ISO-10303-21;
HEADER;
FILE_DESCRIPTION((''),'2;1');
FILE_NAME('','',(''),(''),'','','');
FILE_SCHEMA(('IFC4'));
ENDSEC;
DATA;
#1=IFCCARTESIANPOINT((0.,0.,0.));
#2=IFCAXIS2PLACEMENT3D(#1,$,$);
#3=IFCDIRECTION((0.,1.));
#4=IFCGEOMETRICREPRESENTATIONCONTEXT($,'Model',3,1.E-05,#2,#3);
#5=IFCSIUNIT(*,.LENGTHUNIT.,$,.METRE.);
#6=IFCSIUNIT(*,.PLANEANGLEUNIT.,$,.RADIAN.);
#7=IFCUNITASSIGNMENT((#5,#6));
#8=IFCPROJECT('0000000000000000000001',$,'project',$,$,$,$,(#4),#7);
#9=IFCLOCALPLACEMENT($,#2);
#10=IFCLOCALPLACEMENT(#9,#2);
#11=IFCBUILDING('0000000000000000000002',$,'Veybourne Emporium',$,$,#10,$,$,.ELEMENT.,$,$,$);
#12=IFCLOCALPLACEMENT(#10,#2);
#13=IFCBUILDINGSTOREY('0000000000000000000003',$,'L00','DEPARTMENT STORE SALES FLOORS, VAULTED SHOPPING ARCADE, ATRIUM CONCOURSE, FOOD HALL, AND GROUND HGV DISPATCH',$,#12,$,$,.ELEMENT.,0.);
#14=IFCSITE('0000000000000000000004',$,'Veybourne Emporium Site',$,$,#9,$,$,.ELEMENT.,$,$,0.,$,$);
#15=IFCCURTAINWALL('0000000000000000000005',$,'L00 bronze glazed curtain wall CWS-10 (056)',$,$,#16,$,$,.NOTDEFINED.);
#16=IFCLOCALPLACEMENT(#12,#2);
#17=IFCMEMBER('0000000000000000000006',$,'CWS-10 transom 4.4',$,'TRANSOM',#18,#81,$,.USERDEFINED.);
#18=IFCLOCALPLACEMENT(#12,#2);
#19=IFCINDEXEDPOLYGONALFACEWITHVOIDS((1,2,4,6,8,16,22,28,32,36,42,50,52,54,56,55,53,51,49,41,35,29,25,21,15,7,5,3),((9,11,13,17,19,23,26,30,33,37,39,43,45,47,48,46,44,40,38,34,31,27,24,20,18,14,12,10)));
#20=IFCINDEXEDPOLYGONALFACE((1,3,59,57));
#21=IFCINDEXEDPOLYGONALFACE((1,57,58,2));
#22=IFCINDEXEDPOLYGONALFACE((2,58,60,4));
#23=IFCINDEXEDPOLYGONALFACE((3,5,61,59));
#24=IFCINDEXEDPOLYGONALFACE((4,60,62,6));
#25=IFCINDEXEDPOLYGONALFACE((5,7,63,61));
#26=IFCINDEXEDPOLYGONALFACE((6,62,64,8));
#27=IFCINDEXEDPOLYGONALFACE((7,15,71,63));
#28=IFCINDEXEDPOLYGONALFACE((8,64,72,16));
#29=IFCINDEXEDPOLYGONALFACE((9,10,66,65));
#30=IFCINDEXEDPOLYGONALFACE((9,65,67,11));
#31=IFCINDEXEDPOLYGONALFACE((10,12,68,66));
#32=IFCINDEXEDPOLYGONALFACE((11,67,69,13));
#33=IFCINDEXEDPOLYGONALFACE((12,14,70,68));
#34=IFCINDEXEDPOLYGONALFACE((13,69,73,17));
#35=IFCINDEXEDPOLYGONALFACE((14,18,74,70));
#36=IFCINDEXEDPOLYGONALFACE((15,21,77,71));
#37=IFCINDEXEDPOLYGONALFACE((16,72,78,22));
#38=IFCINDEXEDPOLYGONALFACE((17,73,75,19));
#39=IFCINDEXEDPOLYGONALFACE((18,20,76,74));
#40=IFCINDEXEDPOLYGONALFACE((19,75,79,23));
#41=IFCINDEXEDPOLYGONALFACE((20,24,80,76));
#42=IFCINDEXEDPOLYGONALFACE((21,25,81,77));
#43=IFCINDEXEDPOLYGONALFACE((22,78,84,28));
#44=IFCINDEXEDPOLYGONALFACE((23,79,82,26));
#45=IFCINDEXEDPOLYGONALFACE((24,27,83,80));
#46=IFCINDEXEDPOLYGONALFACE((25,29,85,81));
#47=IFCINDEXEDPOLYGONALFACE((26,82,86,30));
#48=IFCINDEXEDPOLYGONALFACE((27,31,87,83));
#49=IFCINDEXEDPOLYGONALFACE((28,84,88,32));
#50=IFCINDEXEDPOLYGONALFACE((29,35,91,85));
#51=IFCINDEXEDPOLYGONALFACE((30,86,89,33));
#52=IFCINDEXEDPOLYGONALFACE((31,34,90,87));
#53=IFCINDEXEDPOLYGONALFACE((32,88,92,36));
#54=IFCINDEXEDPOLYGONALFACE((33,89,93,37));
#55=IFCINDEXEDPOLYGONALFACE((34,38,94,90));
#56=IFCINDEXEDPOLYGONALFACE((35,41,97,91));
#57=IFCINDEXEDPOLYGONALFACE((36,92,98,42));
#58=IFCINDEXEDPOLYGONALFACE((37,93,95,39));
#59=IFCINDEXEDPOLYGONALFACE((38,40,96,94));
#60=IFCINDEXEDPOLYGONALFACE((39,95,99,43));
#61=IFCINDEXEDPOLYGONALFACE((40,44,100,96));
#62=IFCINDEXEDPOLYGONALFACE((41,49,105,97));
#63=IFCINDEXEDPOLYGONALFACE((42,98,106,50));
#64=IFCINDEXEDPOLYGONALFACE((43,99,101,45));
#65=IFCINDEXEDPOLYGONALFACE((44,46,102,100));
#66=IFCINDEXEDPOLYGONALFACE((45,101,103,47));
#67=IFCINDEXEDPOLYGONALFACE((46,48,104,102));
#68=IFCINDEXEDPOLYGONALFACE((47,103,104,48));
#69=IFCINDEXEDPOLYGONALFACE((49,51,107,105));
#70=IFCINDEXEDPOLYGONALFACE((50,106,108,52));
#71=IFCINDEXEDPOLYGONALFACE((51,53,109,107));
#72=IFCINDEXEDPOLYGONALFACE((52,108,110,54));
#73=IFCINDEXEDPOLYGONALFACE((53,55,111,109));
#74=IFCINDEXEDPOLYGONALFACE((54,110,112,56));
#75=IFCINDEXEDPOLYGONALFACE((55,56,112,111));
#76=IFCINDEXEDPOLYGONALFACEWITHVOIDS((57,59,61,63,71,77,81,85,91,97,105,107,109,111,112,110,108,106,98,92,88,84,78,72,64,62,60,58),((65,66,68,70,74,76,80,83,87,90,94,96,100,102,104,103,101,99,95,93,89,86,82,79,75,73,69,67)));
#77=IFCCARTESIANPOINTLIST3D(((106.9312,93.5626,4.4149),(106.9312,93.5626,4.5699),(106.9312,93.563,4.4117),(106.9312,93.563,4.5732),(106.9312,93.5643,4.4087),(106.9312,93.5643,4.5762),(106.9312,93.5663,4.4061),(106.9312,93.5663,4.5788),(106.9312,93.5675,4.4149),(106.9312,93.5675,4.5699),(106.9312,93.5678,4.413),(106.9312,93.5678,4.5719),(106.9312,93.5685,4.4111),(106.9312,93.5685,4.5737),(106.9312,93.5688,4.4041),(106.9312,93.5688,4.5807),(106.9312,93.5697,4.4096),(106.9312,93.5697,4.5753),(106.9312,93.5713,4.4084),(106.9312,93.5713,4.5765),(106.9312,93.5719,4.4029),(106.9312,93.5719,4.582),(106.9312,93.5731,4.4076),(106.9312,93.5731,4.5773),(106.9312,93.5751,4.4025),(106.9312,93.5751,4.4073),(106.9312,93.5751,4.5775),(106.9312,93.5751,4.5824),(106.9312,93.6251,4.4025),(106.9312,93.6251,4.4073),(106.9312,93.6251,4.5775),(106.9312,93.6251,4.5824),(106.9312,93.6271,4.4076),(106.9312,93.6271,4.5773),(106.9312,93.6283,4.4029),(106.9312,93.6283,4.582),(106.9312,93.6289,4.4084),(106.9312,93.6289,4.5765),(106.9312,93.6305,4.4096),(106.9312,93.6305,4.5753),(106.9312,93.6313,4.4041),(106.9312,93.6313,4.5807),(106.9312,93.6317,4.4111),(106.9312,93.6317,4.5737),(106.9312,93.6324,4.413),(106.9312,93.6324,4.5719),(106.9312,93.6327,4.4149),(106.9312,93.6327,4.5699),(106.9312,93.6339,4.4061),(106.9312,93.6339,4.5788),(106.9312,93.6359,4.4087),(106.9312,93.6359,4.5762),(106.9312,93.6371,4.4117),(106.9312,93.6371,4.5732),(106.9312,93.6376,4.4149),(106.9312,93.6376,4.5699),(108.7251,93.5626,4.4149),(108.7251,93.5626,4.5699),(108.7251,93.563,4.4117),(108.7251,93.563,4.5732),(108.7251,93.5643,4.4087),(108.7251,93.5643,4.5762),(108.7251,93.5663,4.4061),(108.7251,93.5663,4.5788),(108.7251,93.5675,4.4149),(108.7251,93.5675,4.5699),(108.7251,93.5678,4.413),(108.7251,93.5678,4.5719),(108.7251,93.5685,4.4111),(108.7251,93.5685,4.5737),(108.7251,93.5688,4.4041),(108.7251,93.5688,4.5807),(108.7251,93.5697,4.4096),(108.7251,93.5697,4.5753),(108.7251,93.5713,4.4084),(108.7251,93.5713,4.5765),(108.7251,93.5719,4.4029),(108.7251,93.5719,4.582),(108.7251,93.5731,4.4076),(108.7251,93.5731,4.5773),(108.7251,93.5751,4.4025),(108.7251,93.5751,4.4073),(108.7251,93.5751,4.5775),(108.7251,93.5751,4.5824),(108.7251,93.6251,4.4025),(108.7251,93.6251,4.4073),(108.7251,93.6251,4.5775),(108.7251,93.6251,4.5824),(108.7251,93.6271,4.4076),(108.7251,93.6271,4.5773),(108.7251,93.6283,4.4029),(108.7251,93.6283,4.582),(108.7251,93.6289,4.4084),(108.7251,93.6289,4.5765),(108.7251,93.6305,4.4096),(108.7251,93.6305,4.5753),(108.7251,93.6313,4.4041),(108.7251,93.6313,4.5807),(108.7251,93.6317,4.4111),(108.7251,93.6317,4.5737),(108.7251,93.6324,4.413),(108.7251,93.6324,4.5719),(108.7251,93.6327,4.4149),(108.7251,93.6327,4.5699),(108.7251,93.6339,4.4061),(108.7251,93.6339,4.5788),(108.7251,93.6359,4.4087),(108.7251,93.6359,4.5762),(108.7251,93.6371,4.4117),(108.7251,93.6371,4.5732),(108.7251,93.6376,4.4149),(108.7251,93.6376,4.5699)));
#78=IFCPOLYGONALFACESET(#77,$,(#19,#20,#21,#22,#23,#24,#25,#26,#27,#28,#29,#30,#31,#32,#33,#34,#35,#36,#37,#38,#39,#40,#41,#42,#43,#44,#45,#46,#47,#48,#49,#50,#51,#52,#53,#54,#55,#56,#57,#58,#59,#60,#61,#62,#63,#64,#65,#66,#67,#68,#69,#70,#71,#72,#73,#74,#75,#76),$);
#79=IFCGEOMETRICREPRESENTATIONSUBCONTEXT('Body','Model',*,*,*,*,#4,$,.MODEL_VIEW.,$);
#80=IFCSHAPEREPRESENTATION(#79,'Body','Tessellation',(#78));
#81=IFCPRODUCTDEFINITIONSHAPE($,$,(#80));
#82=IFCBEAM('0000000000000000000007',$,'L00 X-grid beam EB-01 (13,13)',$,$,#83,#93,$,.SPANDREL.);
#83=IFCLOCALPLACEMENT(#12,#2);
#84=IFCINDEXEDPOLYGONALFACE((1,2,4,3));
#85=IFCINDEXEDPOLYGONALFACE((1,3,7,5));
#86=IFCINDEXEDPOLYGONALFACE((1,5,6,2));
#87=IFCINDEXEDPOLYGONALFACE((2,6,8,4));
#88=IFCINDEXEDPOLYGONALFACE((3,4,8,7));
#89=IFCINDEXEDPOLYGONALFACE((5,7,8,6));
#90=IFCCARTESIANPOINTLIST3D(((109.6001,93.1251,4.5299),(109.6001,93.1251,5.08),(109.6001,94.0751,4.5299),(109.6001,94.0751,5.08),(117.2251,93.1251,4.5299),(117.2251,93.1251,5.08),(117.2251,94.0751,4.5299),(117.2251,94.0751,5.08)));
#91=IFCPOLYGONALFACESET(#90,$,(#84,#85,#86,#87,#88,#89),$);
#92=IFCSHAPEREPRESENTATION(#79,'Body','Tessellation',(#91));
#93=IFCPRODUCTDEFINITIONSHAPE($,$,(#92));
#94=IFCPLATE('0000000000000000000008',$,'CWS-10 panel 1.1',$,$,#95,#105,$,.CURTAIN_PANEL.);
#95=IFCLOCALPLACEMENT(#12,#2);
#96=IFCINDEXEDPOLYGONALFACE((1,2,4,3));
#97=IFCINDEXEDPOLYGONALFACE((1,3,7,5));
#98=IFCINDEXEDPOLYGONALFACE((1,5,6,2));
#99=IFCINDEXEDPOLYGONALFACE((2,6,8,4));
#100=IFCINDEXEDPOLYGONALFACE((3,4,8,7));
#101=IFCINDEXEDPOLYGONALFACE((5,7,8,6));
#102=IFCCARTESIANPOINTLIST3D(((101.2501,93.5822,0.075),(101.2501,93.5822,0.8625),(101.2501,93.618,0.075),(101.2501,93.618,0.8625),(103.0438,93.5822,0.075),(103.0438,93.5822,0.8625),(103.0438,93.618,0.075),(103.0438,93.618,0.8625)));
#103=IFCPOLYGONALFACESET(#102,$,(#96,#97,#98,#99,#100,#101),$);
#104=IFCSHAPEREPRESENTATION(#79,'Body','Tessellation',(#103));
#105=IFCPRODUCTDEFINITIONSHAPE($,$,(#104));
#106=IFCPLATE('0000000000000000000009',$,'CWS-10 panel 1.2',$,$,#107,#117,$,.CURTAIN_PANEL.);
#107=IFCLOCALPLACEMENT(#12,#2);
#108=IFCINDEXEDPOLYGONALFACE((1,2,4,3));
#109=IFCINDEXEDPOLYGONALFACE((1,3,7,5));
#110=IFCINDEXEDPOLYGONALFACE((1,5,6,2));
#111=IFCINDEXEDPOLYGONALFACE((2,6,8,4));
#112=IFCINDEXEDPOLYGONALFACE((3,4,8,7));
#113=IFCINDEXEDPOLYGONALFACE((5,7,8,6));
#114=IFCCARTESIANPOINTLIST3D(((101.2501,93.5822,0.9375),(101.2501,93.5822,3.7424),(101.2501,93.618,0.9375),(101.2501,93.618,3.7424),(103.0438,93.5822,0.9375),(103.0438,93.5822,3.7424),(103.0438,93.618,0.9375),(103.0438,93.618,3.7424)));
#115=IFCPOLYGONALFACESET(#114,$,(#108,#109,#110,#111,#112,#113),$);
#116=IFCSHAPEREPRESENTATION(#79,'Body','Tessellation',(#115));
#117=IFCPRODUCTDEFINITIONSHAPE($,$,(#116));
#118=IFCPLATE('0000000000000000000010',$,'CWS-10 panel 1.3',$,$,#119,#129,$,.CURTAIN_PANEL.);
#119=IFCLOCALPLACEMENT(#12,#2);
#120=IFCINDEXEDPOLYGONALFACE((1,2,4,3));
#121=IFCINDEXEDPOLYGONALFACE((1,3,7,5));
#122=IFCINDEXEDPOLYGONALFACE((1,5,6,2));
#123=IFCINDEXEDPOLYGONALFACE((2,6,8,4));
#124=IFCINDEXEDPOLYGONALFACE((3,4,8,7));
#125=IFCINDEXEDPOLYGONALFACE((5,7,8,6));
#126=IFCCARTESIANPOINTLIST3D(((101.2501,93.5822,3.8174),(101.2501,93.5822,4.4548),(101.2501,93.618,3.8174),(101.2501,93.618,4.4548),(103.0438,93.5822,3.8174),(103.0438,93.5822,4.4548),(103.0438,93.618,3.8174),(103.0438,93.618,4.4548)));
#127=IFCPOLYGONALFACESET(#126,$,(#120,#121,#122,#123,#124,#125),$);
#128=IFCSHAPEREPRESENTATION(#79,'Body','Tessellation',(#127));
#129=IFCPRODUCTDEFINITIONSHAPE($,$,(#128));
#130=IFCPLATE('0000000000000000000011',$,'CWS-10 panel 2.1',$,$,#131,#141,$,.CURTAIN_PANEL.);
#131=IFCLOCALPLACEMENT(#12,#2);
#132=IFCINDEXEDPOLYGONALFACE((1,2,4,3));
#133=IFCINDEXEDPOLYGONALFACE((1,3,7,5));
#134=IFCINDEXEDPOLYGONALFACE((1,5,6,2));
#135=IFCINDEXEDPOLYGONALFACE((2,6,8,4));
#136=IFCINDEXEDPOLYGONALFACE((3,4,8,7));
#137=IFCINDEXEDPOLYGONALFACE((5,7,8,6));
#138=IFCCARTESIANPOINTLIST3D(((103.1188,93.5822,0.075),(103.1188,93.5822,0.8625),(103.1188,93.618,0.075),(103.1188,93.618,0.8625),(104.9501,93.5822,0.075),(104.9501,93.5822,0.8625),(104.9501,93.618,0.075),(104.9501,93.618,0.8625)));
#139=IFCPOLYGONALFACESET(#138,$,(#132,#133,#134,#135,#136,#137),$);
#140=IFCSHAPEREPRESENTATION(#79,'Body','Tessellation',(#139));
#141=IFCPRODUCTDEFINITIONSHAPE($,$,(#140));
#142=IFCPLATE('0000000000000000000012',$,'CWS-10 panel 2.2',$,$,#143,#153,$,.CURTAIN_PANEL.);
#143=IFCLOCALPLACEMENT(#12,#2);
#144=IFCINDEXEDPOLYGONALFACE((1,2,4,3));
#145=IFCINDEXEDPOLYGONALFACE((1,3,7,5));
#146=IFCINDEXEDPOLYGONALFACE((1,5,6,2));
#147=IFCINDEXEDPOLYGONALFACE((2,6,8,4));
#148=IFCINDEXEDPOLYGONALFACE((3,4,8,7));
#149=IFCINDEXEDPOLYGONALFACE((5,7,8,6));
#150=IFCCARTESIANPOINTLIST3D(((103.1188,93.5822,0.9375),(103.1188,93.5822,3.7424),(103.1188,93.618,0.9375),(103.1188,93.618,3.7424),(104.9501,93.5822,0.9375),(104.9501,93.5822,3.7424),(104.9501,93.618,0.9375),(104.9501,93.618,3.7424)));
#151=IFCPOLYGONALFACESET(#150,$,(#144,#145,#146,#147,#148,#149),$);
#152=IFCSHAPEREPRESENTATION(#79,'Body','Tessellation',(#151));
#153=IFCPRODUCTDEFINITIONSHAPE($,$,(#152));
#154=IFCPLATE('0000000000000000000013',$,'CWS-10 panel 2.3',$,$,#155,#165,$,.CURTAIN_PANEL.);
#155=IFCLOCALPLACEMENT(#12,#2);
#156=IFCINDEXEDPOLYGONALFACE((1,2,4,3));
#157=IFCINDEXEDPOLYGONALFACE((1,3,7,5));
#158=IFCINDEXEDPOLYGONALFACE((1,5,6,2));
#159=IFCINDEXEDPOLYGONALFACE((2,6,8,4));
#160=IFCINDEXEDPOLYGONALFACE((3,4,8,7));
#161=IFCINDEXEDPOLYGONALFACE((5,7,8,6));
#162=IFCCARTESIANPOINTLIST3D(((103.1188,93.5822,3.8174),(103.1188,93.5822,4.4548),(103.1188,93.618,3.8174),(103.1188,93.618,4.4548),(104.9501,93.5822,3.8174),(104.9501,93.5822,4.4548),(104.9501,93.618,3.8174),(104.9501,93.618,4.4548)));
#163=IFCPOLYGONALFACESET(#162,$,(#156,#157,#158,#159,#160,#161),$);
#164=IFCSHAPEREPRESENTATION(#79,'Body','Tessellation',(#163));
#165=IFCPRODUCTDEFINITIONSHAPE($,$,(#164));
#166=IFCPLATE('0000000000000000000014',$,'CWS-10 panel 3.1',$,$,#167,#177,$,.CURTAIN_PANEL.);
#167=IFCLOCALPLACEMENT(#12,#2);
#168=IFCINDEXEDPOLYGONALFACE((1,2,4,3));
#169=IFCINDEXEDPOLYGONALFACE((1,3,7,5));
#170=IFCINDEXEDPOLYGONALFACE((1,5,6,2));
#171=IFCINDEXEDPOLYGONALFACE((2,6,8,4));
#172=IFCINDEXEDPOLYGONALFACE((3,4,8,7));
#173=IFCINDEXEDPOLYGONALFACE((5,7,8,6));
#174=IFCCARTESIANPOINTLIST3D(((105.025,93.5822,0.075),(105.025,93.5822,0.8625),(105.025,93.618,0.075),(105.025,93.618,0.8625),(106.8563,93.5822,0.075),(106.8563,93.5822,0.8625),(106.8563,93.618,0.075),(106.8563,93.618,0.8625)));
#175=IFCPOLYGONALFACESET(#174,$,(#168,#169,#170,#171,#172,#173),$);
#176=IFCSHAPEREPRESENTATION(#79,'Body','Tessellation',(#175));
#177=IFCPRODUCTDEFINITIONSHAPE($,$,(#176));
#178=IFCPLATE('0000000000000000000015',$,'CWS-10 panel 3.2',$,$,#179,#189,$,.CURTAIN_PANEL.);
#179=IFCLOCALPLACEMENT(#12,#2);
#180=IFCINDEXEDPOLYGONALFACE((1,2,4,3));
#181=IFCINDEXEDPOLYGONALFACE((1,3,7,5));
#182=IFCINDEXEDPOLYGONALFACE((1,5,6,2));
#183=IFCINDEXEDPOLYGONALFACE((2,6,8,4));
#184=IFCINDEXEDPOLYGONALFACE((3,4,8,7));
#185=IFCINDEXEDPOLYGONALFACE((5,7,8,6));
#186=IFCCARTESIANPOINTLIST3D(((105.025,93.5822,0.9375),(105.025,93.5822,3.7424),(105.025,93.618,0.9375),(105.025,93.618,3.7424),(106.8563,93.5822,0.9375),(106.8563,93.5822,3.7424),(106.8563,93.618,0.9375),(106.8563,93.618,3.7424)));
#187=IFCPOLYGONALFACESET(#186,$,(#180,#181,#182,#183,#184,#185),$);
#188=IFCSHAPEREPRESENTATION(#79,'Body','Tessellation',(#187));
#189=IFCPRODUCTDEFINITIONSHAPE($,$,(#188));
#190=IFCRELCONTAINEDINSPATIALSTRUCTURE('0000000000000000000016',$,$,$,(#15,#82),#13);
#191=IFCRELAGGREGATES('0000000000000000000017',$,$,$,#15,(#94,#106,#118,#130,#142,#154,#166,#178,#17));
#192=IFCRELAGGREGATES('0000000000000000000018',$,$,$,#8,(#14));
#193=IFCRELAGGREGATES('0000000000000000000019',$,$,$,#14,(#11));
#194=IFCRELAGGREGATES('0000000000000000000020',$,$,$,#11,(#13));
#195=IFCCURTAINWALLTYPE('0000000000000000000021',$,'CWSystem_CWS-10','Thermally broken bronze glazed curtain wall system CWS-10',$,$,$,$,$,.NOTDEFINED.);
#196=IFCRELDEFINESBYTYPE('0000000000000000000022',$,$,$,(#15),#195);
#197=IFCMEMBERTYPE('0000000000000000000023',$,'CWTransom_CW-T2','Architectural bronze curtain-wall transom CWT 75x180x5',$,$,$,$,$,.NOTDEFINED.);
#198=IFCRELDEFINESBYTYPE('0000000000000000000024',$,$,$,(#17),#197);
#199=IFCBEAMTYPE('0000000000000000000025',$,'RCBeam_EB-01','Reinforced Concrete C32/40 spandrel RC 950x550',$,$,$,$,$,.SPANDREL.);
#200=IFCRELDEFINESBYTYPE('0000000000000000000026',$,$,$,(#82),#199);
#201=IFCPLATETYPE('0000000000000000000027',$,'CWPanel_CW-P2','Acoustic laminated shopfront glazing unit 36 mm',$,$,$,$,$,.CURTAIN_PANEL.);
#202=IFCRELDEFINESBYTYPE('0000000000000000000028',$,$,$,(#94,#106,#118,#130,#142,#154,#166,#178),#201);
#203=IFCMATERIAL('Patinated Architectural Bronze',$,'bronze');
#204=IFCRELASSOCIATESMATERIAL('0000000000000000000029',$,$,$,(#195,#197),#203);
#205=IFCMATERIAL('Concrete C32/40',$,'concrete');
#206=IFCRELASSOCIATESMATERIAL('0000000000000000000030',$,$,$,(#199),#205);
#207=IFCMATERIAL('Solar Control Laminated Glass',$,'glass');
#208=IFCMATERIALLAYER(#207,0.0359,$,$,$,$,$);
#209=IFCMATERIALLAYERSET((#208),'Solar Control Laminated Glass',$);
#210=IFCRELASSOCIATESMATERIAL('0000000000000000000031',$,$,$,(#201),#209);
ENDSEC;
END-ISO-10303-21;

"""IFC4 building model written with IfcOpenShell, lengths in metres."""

from ifc_helpers import new_model, si_unit, direction, frame, origin, origin_2d, place, context, subcontext, project, spatial, rectangle, hollow_rectangle, extrude, material, layer, layer_set, material_profile, profile_set, type_object, element, aggregate, save


model = new_model("IFC4")

# Units and contexts
model_context = context("Model", 3, precision=1e-05, world=origin(), true_north=direction((0.0, 1.0)))
body_context = subcontext(model_context, "Body", "Model", "MODEL_VIEW")
ifc_project = project(units=[si_unit("LENGTHUNIT", "METRE"), si_unit("PLANEANGLEUNIT", "RADIAN")], contexts=[model_context])

# Site, building, storey
site_placement = place(None, origin())
site = spatial("IfcSite", under=ifc_project, at=site_placement, Name="Veybourne Emporium Site", CompositionType="ELEMENT", RefElevation=0.0)
building_placement = place(site_placement, origin())
building = spatial("IfcBuilding", under=site, at=building_placement, Name="Veybourne Emporium", CompositionType="ELEMENT")
storey_placement = place(building_placement, origin())
storey = spatial("IfcBuildingStorey", under=building, at=storey_placement, Name="L00", Description="DEPARTMENT STORE SALES FLOORS, VAULTED SHOPPING ARCADE, ATRIUM CONCOURSE, FOOD HALL, AND GROUND HGV DISPATCH", CompositionType="ELEMENT", Elevation=0.0)

# Curtain wall, member
ifc_material_1 = material(Name="Patinated Architectural Bronze", Category="bronze")
curtain_wall_type = type_object("IfcCurtainWallType", Name="CWSystem_CWS-10", Description="Thermally broken bronze glazed curtain wall system CWS-10", PredefinedType="NOTDEFINED", material=ifc_material_1)
curtain_wall_placement = place(storey_placement, origin())
curtain_wall = element("IfcCurtainWall", 1, at=curtain_wall_placement, inside=storey, type_object=curtain_wall_type, Name="L00 bronze glazed curtain wall CWS-10 (056)", PredefinedType="NOTDEFINED")
ifc_material_profile_1 = material_profile(ifc_material_1, hollow_rectangle(XDim=0.075, YDim=0.1799, WallThickness=0.0049, InnerFilletRadius=0.0076, OuterFilletRadius=0.0125, at=origin_2d()), Name="CWT 75x180x5")
ifc_profile_set_1 = profile_set([ifc_material_profile_1], Name="Patinated Architectural Bronze")
member_type_1 = type_object("IfcMemberType", Name="CWTransom_CW-T2", Description="Architectural bronze curtain-wall transom CWT 75x180x5", PredefinedType="NOTDEFINED", material=ifc_profile_set_1)
member_1_placement = place(storey_placement, frame((106.9312, 93.6001, 4.4924), z_axis=(1.0, 0.0, 0.0), x_axis=(0.0, 1.0, 0.0)))
member_1 = element("IfcMember", 2, at=member_1_placement, type_object=member_type_1, Name="CWS-10 transom 4.4", ObjectType="TRANSOM", PredefinedType="USERDEFINED", context=body_context, shape_type="SweptSolid", body=[
    extrude(hollow_rectangle(XDim=0.075, YDim=0.1799, WallThickness=0.0049, InnerFilletRadius=0.0076, OuterFilletRadius=0.0125, at=origin_2d()), origin(), (0.0, 0.0, 1.0), 1.7939),
])

# Beam
ifc_material_2 = material(Name="Concrete C32/40", Category="concrete")
ifc_material_profile_2 = material_profile(ifc_material_2, rectangle(XDim=0.95, YDim=0.55, at=origin_2d()), Name="RC 950x550")
ifc_profile_set_2 = profile_set([ifc_material_profile_2], Name="Concrete C32/40")
beam_type = type_object("IfcBeamType", Name="RCBeam_EB-01", Description="Reinforced Concrete C32/40 spandrel RC 950x550", PredefinedType="SPANDREL", material=ifc_profile_set_2)
beam_placement = place(storey_placement, frame((109.6001, 93.6001, 4.8049), z_axis=(1.0, 0.0, 0.0), x_axis=(0.0, 1.0, 0.0)))
element("IfcBeam", 3, at=beam_placement, inside=storey, type_object=beam_type, Name="L00 X-grid beam EB-01 (13,13)", PredefinedType="SPANDREL", context=body_context, shape_type="SweptSolid", body=[
    extrude(rectangle(XDim=0.95, YDim=0.55, at=origin_2d()), origin(), (0.0, 0.0, 1.0), 7.625),
])

# Plates
ifc_material_3 = material(Name="Solar Control Laminated Glass", Category="glass")
ifc_layer_1 = layer(ifc_material_3, 0.0359)
ifc_layer_set_1 = layer_set([ifc_layer_1], Name="Solar Control Laminated Glass")
plate_type = type_object("IfcPlateType", Name="CWPanel_CW-P2", Description="Acoustic laminated shopfront glazing unit 36 mm", PredefinedType="CURTAIN_PANEL", material=ifc_layer_set_1)
plate_1_placement = place(storey_placement, frame((102.147, 93.6001, 0.075), z_axis=(0.0, 0.0, 1.0), x_axis=(1.0, 0.0, 0.0)))
plate_1 = element("IfcPlate", 4, at=plate_1_placement, type_object=plate_type, Name="CWS-10 panel 1.1", PredefinedType="CURTAIN_PANEL", context=body_context, shape_type="SweptSolid", body=[
    extrude(rectangle(XDim=1.7937, YDim=0.0359, at=origin_2d()), origin(), (0.0, 0.0, 1.0), 0.7876),
])
plate_2_placement = place(storey_placement, frame((102.147, 93.6001, 0.9375), z_axis=(0.0, 0.0, 1.0), x_axis=(1.0, 0.0, 0.0)))
plate_2 = element("IfcPlate", 5, at=plate_2_placement, type_object=plate_type, Name="CWS-10 panel 1.2", PredefinedType="CURTAIN_PANEL", context=body_context, shape_type="SweptSolid", body=[
    extrude(rectangle(XDim=1.7937, YDim=0.0359, at=origin_2d()), origin(), (0.0, 0.0, 1.0), 2.8049),
])
plate_3_placement = place(storey_placement, frame((102.147, 93.6001, 3.8174), z_axis=(0.0, 0.0, 1.0), x_axis=(1.0, 0.0, 0.0)))
plate_3 = element("IfcPlate", 6, at=plate_3_placement, type_object=plate_type, Name="CWS-10 panel 1.3", PredefinedType="CURTAIN_PANEL", context=body_context, shape_type="SweptSolid", body=[
    extrude(rectangle(XDim=1.7937, YDim=0.0359, at=origin_2d()), origin(), (0.0, 0.0, 1.0), 0.6375),
])
plate_4_placement = place(storey_placement, frame((104.0344, 93.6001, 0.075), z_axis=(0.0, 0.0, 1.0), x_axis=(1.0, 0.0, 0.0)))
plate_4 = element("IfcPlate", 7, at=plate_4_placement, type_object=plate_type, Name="CWS-10 panel 2.1", PredefinedType="CURTAIN_PANEL", context=body_context, shape_type="SweptSolid", body=[
    extrude(rectangle(XDim=1.8313, YDim=0.0359, at=origin_2d()), origin(), (0.0, 0.0, 1.0), 0.7876),
])
plate_5_placement = place(storey_placement, frame((104.0344, 93.6001, 0.9375), z_axis=(0.0, 0.0, 1.0), x_axis=(1.0, 0.0, 0.0)))
plate_5 = element("IfcPlate", 8, at=plate_5_placement, type_object=plate_type, Name="CWS-10 panel 2.2", PredefinedType="CURTAIN_PANEL", context=body_context, shape_type="SweptSolid", body=[
    extrude(rectangle(XDim=1.8313, YDim=0.0359, at=origin_2d()), origin(), (0.0, 0.0, 1.0), 2.8049),
])
plate_6_placement = place(storey_placement, frame((104.0344, 93.6001, 3.8174), z_axis=(0.0, 0.0, 1.0), x_axis=(1.0, 0.0, 0.0)))
plate_6 = element("IfcPlate", 9, at=plate_6_placement, type_object=plate_type, Name="CWS-10 panel 2.3", PredefinedType="CURTAIN_PANEL", context=body_context, shape_type="SweptSolid", body=[
    extrude(rectangle(XDim=1.8313, YDim=0.0359, at=origin_2d()), origin(), (0.0, 0.0, 1.0), 0.6375),
])
plate_7_placement = place(storey_placement, frame((105.9407, 93.6001, 0.075), z_axis=(0.0, 0.0, 1.0), x_axis=(1.0, 0.0, 0.0)))
plate_7 = element("IfcPlate", 10, at=plate_7_placement, type_object=plate_type, Name="CWS-10 panel 3.1", PredefinedType="CURTAIN_PANEL", context=body_context, shape_type="SweptSolid", body=[
    extrude(rectangle(XDim=1.8313, YDim=0.0359, at=origin_2d()), origin(), (0.0, 0.0, 1.0), 0.7876),
])
plate_8_placement = place(storey_placement, frame((105.9407, 93.6001, 0.9375), z_axis=(0.0, 0.0, 1.0), x_axis=(1.0, 0.0, 0.0)))
plate_8 = element("IfcPlate", 11, at=plate_8_placement, type_object=plate_type, Name="CWS-10 panel 3.2", PredefinedType="CURTAIN_PANEL", context=body_context, shape_type="SweptSolid", body=[
    extrude(rectangle(XDim=1.8313, YDim=0.0359, at=origin_2d()), origin(), (0.0, 0.0, 1.0), 2.8049),
])
aggregate(curtain_wall, [plate_1, plate_2, plate_3, plate_4, plate_5, plate_6, plate_7, plate_8, member_1])

save(model, "model.ifc")
